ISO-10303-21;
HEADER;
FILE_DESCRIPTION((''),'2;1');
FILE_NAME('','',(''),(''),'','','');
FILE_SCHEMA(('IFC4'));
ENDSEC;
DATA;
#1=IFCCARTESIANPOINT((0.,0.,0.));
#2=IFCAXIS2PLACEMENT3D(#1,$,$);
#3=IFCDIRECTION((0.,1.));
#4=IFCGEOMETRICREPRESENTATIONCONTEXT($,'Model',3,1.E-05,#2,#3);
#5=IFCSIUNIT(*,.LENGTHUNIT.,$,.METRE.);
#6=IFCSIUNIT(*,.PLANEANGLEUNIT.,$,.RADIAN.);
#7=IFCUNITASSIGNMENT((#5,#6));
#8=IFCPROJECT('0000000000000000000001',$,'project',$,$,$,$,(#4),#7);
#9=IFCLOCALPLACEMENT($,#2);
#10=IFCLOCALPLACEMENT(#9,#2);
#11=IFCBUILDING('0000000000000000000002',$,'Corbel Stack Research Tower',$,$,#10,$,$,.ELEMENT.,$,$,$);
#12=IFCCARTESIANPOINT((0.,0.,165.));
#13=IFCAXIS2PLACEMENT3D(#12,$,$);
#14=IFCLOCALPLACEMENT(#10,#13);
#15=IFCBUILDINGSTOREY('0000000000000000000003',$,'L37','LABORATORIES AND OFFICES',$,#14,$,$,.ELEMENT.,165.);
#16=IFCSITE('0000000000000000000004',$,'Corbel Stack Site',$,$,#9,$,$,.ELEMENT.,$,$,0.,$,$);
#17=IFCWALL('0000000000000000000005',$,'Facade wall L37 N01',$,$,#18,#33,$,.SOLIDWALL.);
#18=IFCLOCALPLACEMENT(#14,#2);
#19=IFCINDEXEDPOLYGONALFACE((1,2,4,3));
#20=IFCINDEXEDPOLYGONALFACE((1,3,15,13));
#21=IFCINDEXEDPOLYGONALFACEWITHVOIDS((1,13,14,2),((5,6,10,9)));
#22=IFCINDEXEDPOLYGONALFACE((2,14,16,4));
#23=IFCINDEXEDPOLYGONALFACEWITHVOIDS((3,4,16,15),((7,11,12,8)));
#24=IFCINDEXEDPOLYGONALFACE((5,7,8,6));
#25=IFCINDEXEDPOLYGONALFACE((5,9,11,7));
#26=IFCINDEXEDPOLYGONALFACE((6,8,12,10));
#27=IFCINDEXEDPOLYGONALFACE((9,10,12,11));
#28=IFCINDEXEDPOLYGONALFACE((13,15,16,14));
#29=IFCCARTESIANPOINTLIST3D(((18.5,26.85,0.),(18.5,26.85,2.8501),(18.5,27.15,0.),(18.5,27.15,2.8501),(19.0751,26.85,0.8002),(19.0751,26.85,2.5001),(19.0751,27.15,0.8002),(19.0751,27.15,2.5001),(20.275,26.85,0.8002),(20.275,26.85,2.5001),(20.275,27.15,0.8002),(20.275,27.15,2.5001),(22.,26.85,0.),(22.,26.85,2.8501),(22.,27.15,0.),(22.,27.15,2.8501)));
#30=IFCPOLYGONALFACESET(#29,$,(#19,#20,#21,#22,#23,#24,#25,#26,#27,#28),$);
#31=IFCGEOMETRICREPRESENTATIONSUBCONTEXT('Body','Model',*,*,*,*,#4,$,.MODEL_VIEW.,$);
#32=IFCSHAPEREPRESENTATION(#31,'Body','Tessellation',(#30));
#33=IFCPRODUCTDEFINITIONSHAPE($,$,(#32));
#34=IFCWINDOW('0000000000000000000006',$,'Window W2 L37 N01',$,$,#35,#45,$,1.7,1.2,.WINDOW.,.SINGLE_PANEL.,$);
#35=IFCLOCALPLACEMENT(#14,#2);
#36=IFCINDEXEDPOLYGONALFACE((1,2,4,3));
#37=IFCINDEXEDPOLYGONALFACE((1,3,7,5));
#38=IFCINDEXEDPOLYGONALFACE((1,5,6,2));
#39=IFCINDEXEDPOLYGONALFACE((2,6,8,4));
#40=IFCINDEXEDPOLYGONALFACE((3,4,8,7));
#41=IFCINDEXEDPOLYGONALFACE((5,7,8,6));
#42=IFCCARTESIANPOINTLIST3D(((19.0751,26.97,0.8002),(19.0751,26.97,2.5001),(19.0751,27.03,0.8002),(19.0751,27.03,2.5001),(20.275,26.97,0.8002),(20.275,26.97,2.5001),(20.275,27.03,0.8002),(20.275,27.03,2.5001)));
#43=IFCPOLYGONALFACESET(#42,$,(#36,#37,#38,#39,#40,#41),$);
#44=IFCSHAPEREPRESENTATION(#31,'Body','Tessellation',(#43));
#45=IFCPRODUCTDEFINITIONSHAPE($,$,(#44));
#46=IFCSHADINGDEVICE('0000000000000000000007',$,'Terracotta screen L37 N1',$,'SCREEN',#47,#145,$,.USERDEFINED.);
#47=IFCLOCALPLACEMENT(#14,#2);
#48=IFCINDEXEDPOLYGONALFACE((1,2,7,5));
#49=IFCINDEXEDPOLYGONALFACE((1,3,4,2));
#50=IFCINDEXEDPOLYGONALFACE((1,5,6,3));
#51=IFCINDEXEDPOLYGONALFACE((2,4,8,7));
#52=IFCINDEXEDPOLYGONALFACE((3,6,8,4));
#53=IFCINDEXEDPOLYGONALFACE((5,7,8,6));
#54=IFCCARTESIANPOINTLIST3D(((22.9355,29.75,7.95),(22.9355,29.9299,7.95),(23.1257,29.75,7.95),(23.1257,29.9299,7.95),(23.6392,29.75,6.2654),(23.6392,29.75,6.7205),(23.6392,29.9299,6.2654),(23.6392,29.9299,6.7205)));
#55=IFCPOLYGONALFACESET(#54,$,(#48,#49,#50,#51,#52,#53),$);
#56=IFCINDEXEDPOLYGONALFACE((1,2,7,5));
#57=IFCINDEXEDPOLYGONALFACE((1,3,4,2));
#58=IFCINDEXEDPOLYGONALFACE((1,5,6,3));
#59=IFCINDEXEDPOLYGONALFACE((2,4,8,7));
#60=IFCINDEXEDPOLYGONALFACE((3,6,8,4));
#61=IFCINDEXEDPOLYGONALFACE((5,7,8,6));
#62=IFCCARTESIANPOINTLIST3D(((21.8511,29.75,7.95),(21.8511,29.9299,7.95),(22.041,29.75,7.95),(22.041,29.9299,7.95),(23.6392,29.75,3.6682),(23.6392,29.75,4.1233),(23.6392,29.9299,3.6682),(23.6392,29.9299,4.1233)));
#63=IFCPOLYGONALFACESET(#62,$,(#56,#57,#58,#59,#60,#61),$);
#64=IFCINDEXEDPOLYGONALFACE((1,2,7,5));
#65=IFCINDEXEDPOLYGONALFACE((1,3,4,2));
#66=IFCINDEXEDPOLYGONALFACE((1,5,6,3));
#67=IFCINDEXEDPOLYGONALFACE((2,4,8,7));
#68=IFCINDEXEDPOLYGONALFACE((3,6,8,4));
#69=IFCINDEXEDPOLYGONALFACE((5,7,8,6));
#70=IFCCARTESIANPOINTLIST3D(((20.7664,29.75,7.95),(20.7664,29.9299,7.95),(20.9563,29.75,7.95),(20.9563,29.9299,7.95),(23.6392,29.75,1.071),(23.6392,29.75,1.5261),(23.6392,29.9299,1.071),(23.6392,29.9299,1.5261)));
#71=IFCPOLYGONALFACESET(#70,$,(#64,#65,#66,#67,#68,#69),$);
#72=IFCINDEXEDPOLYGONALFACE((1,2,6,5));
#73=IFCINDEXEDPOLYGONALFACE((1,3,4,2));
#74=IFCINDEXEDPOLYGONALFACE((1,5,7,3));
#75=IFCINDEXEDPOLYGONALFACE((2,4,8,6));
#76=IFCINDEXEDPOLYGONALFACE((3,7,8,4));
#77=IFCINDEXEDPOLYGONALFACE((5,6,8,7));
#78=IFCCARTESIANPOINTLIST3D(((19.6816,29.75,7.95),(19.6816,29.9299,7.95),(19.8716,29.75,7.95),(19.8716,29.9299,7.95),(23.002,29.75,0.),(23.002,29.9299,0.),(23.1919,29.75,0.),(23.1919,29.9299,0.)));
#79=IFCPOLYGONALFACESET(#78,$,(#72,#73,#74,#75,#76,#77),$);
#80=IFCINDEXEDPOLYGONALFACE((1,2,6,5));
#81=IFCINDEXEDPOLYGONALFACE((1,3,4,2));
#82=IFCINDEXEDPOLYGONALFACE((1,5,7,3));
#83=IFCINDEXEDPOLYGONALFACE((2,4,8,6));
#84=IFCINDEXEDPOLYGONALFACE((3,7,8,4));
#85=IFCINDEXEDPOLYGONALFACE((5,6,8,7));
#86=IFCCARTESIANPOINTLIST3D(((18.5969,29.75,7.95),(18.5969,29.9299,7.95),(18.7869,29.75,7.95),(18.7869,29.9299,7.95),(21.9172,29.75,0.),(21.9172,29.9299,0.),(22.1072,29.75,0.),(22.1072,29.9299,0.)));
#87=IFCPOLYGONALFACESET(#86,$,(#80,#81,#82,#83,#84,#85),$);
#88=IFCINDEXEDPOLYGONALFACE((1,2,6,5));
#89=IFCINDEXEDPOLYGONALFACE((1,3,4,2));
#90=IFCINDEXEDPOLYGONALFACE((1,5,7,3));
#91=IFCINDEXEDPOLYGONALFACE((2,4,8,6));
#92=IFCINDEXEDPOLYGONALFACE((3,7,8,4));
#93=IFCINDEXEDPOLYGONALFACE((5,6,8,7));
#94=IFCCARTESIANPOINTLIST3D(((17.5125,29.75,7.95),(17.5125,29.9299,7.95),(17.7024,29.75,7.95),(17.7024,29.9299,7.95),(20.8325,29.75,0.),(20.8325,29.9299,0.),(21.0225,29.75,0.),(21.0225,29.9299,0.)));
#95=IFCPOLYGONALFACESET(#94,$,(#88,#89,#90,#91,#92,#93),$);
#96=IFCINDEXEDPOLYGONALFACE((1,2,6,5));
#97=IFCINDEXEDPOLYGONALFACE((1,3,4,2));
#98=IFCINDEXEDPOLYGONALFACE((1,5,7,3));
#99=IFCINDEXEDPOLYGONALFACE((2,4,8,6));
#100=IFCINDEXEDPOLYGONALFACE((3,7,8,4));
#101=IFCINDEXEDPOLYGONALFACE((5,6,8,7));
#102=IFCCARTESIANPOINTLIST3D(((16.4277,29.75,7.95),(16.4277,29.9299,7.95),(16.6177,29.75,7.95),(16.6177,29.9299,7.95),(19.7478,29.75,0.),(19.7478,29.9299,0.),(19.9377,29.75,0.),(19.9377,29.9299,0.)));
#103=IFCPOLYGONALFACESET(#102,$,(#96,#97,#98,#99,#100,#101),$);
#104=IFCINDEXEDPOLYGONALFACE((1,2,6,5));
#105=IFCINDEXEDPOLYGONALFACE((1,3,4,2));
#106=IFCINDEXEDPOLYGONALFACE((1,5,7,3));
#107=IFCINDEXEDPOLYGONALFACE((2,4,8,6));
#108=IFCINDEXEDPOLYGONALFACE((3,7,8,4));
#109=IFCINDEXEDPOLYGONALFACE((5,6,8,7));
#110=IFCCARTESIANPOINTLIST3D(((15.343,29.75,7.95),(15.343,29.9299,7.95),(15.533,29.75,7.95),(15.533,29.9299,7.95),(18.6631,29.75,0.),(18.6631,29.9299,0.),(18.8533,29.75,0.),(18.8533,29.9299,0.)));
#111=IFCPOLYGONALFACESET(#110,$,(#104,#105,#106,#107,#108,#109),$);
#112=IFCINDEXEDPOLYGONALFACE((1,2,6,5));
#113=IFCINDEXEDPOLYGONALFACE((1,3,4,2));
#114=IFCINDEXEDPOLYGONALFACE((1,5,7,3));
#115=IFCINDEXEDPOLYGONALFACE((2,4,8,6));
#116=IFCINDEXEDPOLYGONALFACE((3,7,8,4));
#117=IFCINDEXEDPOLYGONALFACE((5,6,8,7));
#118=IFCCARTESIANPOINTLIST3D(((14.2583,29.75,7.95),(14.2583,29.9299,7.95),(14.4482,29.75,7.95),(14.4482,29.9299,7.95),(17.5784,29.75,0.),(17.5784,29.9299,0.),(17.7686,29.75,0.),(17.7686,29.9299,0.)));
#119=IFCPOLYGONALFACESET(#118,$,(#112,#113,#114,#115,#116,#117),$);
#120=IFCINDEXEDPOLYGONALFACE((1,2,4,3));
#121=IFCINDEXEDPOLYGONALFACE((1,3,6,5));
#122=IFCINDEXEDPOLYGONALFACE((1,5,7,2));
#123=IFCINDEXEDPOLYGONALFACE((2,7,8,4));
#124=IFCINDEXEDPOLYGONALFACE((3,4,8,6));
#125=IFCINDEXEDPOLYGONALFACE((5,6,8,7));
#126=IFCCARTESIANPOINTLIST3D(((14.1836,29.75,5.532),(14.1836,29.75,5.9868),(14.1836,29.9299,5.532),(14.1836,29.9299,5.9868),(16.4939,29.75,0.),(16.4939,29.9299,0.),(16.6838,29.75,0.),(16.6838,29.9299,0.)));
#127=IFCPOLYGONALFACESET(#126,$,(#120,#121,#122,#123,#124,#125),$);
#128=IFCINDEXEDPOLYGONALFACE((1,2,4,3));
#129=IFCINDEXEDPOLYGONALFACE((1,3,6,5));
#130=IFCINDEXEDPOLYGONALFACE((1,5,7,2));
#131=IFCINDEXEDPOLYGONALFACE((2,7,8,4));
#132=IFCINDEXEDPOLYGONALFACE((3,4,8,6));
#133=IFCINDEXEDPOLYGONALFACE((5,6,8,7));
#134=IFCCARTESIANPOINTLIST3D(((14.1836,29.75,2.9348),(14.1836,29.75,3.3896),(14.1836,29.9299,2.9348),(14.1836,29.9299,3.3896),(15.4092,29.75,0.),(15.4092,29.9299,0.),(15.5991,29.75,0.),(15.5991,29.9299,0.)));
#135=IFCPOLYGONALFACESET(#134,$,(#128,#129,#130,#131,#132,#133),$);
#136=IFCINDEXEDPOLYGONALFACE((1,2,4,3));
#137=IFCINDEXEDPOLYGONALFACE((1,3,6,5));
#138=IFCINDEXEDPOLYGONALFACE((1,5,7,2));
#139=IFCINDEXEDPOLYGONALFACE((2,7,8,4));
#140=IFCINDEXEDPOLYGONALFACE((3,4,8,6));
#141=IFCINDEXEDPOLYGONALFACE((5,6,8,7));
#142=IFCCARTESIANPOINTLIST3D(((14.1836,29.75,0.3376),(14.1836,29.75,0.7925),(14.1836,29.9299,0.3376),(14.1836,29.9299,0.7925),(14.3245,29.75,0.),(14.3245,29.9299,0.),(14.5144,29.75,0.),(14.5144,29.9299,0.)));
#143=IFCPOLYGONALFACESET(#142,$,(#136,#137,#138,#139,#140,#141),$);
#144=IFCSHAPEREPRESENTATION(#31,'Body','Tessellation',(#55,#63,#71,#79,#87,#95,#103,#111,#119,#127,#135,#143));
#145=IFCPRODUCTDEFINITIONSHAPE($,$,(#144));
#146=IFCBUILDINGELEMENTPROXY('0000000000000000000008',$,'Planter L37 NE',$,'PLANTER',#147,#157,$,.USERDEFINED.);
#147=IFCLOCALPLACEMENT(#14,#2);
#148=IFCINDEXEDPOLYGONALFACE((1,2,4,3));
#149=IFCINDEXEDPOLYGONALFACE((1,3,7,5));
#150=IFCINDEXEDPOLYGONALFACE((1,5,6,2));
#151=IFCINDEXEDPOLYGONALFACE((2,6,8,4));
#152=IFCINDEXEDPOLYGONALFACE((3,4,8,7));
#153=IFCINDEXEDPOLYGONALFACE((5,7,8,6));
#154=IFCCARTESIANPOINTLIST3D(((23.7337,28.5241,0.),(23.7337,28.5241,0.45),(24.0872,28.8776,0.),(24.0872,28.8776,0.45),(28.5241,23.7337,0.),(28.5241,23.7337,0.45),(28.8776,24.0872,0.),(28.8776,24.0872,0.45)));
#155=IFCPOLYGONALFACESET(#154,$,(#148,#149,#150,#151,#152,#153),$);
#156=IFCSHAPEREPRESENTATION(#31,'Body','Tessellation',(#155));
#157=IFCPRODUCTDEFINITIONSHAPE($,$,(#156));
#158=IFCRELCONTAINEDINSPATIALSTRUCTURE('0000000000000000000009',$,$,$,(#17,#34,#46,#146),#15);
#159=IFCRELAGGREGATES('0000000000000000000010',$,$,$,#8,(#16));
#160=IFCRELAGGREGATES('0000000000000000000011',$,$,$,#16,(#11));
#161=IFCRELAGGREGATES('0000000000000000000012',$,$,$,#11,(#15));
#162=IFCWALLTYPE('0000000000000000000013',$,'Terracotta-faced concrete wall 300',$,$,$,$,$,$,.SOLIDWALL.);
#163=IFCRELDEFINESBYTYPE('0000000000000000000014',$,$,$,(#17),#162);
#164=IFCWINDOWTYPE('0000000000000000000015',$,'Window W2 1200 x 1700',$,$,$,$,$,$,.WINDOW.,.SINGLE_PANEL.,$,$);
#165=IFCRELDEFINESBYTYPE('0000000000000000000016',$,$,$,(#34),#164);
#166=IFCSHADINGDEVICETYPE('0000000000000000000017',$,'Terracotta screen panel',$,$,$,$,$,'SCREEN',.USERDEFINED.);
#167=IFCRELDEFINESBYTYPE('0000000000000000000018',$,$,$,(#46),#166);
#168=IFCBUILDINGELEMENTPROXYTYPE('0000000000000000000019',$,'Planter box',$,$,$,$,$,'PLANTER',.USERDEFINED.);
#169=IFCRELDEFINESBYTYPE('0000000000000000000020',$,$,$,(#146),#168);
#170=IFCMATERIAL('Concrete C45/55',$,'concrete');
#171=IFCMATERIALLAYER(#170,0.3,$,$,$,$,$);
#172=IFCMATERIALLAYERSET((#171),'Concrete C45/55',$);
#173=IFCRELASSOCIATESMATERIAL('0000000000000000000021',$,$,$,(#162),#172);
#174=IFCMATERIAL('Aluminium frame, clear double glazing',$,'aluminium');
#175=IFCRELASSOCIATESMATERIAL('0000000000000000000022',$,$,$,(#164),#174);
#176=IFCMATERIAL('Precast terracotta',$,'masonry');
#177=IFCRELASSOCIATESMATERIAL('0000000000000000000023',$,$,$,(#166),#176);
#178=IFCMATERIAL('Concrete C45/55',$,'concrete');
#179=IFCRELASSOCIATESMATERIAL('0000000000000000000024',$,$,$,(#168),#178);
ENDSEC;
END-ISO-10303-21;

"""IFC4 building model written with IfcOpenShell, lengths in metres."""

from ifc_helpers import new_model, si_unit, direction, frame, frame_2d, origin, origin_2d, place, context, subcontext, project, spatial, polyline, rectangle, outline, extrude, source, transform, mapped, material, layer, layer_set, type_object, element, fill, save


model = new_model("IFC4")

# Units and contexts
model_context = context("Model", 3, precision=1e-05, world=origin(), true_north=direction((0.0, 1.0)))
body_context = subcontext(model_context, "Body", "Model", "MODEL_VIEW")
ifc_project = project(units=[si_unit("LENGTHUNIT", "METRE"), si_unit("PLANEANGLEUNIT", "RADIAN")], contexts=[model_context])

# Site, building, storey
site_placement = place(None, origin())
site = spatial("IfcSite", under=ifc_project, at=site_placement, Name="Corbel Stack Site", CompositionType="ELEMENT", RefElevation=0.0)
building_placement = place(site_placement, origin())
building = spatial("IfcBuilding", under=site, at=building_placement, Name="Corbel Stack Research Tower", CompositionType="ELEMENT")
storey_placement = place(building_placement, frame((0.0, 0.0, 165.0)))
storey = spatial("IfcBuildingStorey", under=building, at=storey_placement, Name="L37", Description="LABORATORIES AND OFFICES", CompositionType="ELEMENT", Elevation=165.0)

# Shared definitions
ifc_material_1 = material(Name="Concrete C45/55", Category="concrete")
ifc_layer_1 = layer(ifc_material_1, 0.3)
ifc_layer_set_1 = layer_set([ifc_layer_1], Name="Concrete C45/55")
wall_type_1 = type_object("IfcWallType", Name="Terracotta-faced concrete wall 300", PredefinedType="SOLIDWALL", material=ifc_layer_set_1)

# Wall, opening, window
wall_1_placement = place(storey_placement, frame((18.5, 27.0, 0.0), z_axis=(0.0, 0.0, 1.0), x_axis=(1.0, 0.0, 0.0)))
wall_1 = element("IfcWall", 1, at=wall_1_placement, inside=storey, type_object=wall_type_1, Name="Facade wall L37 N01", PredefinedType="SOLIDWALL", context=body_context, shape_type="SweptSolid", body=[
    extrude(rectangle(XDim=3.5, YDim=0.3, at=frame_2d((1.75, 0.0))), origin(), (0.0, 0.0, 1.0), 2.8501),
])
opening_1_placement = place(wall_1_placement, frame((0.575, 0.0, 0.8)))
opening_1 = element("IfcOpeningElement", 2, at=opening_1_placement, cuts=wall_1, PredefinedType="OPENING", context=body_context, shape_type="SweptSolid", body=[
    extrude(rectangle(XDim=1.2, YDim=1.7, at=frame_2d((0.6001, 0.8501))), frame((0.0, 0.1599, 0.0), z_axis=(0.0, -1.0, 0.0), x_axis=(1.0, 0.0, 0.0)), (0.0, 0.0, 1.0), 0.3201),
])
ifc_material_2 = material(Name="Aluminium frame, clear double glazing", Category="aluminium")
window_type_1 = type_object("IfcWindowType", Name="Window W2 1200 x 1700", PartitioningType="SINGLE_PANEL", PredefinedType="WINDOW", material=ifc_material_2)
window_1_placement = place(opening_1_placement, origin())
window_1 = element("IfcWindow", 3, at=window_1_placement, inside=storey, type_object=window_type_1, Name="Window W2 L37 N01", OverallHeight=1.7, OverallWidth=1.2, PartitioningType="SINGLE_PANEL", PredefinedType="WINDOW", context=body_context, shape_type="SweptSolid", body=[
    extrude(rectangle(XDim=1.2, YDim=1.7, at=frame_2d((0.6001, 0.8501))), frame((0.0, 0.03, 0.0), z_axis=(0.0, -1.0, 0.0), x_axis=(1.0, 0.0, 0.0)), (0.0, 0.0, 1.0), 0.0601),
])
fill(opening_1, window_1)

# Shading device
ifc_material_3 = material(Name="Precast terracotta", Category="masonry")
shading_device_type = type_object("IfcShadingDeviceType", Name="Terracotta screen panel", ElementType="SCREEN", PredefinedType="USERDEFINED", material=ifc_material_3)
shared_shape_1 = source(origin(), body_context, "Body", "SweptSolid", [
    extrude(outline(polyline([(0.7036, 7.95), (0.5134, 7.95), (0.0, 6.7205), (0.0, 6.2654), (0.7036, 7.95)])), frame((0.0, 0.0, 0.0), z_axis=(0.0, -1.0, 0.0), x_axis=(1.0, 0.0, 0.0)), (0.0, 0.0, 1.0), 0.1799),
    extrude(outline(polyline([(1.7881, 7.95), (1.5981, 7.95), (0.0, 4.1233), (0.0, 3.6682), (1.7881, 7.95)])), frame((0.0, 0.0, 0.0), z_axis=(0.0, -1.0, 0.0), x_axis=(1.0, 0.0, 0.0)), (0.0, 0.0, 1.0), 0.1799),
    extrude(outline(polyline([(2.8728, 7.95), (2.6829, 7.95), (0.0, 1.5261), (0.0, 1.071), (2.8728, 7.95)])), frame((0.0, 0.0, 0.0), z_axis=(0.0, -1.0, 0.0), x_axis=(1.0, 0.0, 0.0)), (0.0, 0.0, 1.0), 0.1799),
    extrude(outline(polyline([(0.6372, 0.0), (3.9575, 7.95), (3.7676, 7.95), (0.4473, 0.0), (0.6372, 0.0)])), frame((0.0, 0.0, 0.0), z_axis=(0.0, -1.0, 0.0), x_axis=(1.0, 0.0, 0.0)), (0.0, 0.0, 1.0), 0.1799),
    extrude(outline(polyline([(1.7219, 0.0), (5.0422, 7.95), (4.8523, 7.95), (1.532, 0.0), (1.7219, 0.0)])), frame((0.0, 0.0, 0.0), z_axis=(0.0, -1.0, 0.0), x_axis=(1.0, 0.0, 0.0)), (0.0, 0.0, 1.0), 0.1799),
    extrude(outline(polyline([(2.8066, 0.0), (6.1267, 7.95), (5.9368, 7.95), (2.6167, 0.0), (2.8066, 0.0)])), frame((0.0, 0.0, 0.0), z_axis=(0.0, -1.0, 0.0), x_axis=(1.0, 0.0, 0.0)), (0.0, 0.0, 1.0), 0.1799),
    extrude(outline(polyline([(3.8914, 0.0), (7.2114, 7.95), (7.0215, 7.95), (3.7014, 0.0), (3.8914, 0.0)])), frame((0.0, 0.0, 0.0), z_axis=(0.0, -1.0, 0.0), x_axis=(1.0, 0.0, 0.0)), (0.0, 0.0, 1.0), 0.1799),
    extrude(outline(polyline([(4.9761, 0.0), (8.2961, 7.95), (8.1062, 7.95), (4.7859, 0.0), (4.9761, 0.0)])), frame((0.0, 0.0, 0.0), z_axis=(0.0, -1.0, 0.0), x_axis=(1.0, 0.0, 0.0)), (0.0, 0.0, 1.0), 0.1799),
    extrude(outline(polyline([(6.0608, 0.0), (9.3809, 7.95), (9.1909, 7.95), (5.8706, 0.0), (6.0608, 0.0)])), frame((0.0, 0.0, 0.0), z_axis=(0.0, -1.0, 0.0), x_axis=(1.0, 0.0, 0.0)), (0.0, 0.0, 1.0), 0.1799),
    extrude(outline(polyline([(7.1453, 0.0), (9.4556, 5.532), (9.4556, 5.9868), (6.9553, 0.0), (7.1453, 0.0)])), frame((0.0, 0.0, 0.0), z_axis=(0.0, -1.0, 0.0), x_axis=(1.0, 0.0, 0.0)), (0.0, 0.0, 1.0), 0.1799),
    extrude(outline(polyline([(8.23, 0.0), (9.4556, 2.9348), (9.4556, 3.3896), (8.04, 0.0), (8.23, 0.0)])), frame((0.0, 0.0, 0.0), z_axis=(0.0, -1.0, 0.0), x_axis=(1.0, 0.0, 0.0)), (0.0, 0.0, 1.0), 0.1799),
    extrude(outline(polyline([(9.3147, 0.0), (9.4556, 0.3376), (9.4556, 0.7925), (9.1248, 0.0), (9.3147, 0.0)])), frame((0.0, 0.0, 0.0), z_axis=(0.0, -1.0, 0.0), x_axis=(1.0, 0.0, 0.0)), (0.0, 0.0, 1.0), 0.1799),
])
shading_device_1_placement = place(storey_placement, frame((23.6392, 29.75, 0.0), z_axis=(0.0, 0.0, 1.0), x_axis=(-1.0, 0.0, 0.0)))
element("IfcShadingDevice", 4, at=shading_device_1_placement, inside=storey, type_object=shading_device_type, Name="Terracotta screen L37 N1", ObjectType="SCREEN", PredefinedType="USERDEFINED", context=body_context, shape_type="MappedRepresentation", body=[
    mapped(shared_shape_1, transform((0.0, 0.0, 0.0))),
])

# Building element proxy
ifc_material_4 = material(Name="Concrete C45/55", Category="concrete")
building_element_proxy_type = type_object("IfcBuildingElementProxyType", Name="Planter box", ElementType="PLANTER", PredefinedType="USERDEFINED", material=ifc_material_4)
proxy_placement = place(storey_placement, frame((26.3057, 26.3057, 0.0), z_axis=(0.0, 0.0, 1.0), x_axis=(-0.707107, 0.707107, 0.0)))
element("IfcBuildingElementProxy", 5, at=proxy_placement, inside=storey, type_object=building_element_proxy_type, Name="Planter L37 NE", ObjectType="PLANTER", PredefinedType="USERDEFINED", context=body_context, shape_type="SweptSolid", body=[
    extrude(rectangle(XDim=6.7747, YDim=0.5, at=origin_2d()), origin(), (0.0, 0.0, 1.0), 0.45),
])

save(model, "model.ifc")
